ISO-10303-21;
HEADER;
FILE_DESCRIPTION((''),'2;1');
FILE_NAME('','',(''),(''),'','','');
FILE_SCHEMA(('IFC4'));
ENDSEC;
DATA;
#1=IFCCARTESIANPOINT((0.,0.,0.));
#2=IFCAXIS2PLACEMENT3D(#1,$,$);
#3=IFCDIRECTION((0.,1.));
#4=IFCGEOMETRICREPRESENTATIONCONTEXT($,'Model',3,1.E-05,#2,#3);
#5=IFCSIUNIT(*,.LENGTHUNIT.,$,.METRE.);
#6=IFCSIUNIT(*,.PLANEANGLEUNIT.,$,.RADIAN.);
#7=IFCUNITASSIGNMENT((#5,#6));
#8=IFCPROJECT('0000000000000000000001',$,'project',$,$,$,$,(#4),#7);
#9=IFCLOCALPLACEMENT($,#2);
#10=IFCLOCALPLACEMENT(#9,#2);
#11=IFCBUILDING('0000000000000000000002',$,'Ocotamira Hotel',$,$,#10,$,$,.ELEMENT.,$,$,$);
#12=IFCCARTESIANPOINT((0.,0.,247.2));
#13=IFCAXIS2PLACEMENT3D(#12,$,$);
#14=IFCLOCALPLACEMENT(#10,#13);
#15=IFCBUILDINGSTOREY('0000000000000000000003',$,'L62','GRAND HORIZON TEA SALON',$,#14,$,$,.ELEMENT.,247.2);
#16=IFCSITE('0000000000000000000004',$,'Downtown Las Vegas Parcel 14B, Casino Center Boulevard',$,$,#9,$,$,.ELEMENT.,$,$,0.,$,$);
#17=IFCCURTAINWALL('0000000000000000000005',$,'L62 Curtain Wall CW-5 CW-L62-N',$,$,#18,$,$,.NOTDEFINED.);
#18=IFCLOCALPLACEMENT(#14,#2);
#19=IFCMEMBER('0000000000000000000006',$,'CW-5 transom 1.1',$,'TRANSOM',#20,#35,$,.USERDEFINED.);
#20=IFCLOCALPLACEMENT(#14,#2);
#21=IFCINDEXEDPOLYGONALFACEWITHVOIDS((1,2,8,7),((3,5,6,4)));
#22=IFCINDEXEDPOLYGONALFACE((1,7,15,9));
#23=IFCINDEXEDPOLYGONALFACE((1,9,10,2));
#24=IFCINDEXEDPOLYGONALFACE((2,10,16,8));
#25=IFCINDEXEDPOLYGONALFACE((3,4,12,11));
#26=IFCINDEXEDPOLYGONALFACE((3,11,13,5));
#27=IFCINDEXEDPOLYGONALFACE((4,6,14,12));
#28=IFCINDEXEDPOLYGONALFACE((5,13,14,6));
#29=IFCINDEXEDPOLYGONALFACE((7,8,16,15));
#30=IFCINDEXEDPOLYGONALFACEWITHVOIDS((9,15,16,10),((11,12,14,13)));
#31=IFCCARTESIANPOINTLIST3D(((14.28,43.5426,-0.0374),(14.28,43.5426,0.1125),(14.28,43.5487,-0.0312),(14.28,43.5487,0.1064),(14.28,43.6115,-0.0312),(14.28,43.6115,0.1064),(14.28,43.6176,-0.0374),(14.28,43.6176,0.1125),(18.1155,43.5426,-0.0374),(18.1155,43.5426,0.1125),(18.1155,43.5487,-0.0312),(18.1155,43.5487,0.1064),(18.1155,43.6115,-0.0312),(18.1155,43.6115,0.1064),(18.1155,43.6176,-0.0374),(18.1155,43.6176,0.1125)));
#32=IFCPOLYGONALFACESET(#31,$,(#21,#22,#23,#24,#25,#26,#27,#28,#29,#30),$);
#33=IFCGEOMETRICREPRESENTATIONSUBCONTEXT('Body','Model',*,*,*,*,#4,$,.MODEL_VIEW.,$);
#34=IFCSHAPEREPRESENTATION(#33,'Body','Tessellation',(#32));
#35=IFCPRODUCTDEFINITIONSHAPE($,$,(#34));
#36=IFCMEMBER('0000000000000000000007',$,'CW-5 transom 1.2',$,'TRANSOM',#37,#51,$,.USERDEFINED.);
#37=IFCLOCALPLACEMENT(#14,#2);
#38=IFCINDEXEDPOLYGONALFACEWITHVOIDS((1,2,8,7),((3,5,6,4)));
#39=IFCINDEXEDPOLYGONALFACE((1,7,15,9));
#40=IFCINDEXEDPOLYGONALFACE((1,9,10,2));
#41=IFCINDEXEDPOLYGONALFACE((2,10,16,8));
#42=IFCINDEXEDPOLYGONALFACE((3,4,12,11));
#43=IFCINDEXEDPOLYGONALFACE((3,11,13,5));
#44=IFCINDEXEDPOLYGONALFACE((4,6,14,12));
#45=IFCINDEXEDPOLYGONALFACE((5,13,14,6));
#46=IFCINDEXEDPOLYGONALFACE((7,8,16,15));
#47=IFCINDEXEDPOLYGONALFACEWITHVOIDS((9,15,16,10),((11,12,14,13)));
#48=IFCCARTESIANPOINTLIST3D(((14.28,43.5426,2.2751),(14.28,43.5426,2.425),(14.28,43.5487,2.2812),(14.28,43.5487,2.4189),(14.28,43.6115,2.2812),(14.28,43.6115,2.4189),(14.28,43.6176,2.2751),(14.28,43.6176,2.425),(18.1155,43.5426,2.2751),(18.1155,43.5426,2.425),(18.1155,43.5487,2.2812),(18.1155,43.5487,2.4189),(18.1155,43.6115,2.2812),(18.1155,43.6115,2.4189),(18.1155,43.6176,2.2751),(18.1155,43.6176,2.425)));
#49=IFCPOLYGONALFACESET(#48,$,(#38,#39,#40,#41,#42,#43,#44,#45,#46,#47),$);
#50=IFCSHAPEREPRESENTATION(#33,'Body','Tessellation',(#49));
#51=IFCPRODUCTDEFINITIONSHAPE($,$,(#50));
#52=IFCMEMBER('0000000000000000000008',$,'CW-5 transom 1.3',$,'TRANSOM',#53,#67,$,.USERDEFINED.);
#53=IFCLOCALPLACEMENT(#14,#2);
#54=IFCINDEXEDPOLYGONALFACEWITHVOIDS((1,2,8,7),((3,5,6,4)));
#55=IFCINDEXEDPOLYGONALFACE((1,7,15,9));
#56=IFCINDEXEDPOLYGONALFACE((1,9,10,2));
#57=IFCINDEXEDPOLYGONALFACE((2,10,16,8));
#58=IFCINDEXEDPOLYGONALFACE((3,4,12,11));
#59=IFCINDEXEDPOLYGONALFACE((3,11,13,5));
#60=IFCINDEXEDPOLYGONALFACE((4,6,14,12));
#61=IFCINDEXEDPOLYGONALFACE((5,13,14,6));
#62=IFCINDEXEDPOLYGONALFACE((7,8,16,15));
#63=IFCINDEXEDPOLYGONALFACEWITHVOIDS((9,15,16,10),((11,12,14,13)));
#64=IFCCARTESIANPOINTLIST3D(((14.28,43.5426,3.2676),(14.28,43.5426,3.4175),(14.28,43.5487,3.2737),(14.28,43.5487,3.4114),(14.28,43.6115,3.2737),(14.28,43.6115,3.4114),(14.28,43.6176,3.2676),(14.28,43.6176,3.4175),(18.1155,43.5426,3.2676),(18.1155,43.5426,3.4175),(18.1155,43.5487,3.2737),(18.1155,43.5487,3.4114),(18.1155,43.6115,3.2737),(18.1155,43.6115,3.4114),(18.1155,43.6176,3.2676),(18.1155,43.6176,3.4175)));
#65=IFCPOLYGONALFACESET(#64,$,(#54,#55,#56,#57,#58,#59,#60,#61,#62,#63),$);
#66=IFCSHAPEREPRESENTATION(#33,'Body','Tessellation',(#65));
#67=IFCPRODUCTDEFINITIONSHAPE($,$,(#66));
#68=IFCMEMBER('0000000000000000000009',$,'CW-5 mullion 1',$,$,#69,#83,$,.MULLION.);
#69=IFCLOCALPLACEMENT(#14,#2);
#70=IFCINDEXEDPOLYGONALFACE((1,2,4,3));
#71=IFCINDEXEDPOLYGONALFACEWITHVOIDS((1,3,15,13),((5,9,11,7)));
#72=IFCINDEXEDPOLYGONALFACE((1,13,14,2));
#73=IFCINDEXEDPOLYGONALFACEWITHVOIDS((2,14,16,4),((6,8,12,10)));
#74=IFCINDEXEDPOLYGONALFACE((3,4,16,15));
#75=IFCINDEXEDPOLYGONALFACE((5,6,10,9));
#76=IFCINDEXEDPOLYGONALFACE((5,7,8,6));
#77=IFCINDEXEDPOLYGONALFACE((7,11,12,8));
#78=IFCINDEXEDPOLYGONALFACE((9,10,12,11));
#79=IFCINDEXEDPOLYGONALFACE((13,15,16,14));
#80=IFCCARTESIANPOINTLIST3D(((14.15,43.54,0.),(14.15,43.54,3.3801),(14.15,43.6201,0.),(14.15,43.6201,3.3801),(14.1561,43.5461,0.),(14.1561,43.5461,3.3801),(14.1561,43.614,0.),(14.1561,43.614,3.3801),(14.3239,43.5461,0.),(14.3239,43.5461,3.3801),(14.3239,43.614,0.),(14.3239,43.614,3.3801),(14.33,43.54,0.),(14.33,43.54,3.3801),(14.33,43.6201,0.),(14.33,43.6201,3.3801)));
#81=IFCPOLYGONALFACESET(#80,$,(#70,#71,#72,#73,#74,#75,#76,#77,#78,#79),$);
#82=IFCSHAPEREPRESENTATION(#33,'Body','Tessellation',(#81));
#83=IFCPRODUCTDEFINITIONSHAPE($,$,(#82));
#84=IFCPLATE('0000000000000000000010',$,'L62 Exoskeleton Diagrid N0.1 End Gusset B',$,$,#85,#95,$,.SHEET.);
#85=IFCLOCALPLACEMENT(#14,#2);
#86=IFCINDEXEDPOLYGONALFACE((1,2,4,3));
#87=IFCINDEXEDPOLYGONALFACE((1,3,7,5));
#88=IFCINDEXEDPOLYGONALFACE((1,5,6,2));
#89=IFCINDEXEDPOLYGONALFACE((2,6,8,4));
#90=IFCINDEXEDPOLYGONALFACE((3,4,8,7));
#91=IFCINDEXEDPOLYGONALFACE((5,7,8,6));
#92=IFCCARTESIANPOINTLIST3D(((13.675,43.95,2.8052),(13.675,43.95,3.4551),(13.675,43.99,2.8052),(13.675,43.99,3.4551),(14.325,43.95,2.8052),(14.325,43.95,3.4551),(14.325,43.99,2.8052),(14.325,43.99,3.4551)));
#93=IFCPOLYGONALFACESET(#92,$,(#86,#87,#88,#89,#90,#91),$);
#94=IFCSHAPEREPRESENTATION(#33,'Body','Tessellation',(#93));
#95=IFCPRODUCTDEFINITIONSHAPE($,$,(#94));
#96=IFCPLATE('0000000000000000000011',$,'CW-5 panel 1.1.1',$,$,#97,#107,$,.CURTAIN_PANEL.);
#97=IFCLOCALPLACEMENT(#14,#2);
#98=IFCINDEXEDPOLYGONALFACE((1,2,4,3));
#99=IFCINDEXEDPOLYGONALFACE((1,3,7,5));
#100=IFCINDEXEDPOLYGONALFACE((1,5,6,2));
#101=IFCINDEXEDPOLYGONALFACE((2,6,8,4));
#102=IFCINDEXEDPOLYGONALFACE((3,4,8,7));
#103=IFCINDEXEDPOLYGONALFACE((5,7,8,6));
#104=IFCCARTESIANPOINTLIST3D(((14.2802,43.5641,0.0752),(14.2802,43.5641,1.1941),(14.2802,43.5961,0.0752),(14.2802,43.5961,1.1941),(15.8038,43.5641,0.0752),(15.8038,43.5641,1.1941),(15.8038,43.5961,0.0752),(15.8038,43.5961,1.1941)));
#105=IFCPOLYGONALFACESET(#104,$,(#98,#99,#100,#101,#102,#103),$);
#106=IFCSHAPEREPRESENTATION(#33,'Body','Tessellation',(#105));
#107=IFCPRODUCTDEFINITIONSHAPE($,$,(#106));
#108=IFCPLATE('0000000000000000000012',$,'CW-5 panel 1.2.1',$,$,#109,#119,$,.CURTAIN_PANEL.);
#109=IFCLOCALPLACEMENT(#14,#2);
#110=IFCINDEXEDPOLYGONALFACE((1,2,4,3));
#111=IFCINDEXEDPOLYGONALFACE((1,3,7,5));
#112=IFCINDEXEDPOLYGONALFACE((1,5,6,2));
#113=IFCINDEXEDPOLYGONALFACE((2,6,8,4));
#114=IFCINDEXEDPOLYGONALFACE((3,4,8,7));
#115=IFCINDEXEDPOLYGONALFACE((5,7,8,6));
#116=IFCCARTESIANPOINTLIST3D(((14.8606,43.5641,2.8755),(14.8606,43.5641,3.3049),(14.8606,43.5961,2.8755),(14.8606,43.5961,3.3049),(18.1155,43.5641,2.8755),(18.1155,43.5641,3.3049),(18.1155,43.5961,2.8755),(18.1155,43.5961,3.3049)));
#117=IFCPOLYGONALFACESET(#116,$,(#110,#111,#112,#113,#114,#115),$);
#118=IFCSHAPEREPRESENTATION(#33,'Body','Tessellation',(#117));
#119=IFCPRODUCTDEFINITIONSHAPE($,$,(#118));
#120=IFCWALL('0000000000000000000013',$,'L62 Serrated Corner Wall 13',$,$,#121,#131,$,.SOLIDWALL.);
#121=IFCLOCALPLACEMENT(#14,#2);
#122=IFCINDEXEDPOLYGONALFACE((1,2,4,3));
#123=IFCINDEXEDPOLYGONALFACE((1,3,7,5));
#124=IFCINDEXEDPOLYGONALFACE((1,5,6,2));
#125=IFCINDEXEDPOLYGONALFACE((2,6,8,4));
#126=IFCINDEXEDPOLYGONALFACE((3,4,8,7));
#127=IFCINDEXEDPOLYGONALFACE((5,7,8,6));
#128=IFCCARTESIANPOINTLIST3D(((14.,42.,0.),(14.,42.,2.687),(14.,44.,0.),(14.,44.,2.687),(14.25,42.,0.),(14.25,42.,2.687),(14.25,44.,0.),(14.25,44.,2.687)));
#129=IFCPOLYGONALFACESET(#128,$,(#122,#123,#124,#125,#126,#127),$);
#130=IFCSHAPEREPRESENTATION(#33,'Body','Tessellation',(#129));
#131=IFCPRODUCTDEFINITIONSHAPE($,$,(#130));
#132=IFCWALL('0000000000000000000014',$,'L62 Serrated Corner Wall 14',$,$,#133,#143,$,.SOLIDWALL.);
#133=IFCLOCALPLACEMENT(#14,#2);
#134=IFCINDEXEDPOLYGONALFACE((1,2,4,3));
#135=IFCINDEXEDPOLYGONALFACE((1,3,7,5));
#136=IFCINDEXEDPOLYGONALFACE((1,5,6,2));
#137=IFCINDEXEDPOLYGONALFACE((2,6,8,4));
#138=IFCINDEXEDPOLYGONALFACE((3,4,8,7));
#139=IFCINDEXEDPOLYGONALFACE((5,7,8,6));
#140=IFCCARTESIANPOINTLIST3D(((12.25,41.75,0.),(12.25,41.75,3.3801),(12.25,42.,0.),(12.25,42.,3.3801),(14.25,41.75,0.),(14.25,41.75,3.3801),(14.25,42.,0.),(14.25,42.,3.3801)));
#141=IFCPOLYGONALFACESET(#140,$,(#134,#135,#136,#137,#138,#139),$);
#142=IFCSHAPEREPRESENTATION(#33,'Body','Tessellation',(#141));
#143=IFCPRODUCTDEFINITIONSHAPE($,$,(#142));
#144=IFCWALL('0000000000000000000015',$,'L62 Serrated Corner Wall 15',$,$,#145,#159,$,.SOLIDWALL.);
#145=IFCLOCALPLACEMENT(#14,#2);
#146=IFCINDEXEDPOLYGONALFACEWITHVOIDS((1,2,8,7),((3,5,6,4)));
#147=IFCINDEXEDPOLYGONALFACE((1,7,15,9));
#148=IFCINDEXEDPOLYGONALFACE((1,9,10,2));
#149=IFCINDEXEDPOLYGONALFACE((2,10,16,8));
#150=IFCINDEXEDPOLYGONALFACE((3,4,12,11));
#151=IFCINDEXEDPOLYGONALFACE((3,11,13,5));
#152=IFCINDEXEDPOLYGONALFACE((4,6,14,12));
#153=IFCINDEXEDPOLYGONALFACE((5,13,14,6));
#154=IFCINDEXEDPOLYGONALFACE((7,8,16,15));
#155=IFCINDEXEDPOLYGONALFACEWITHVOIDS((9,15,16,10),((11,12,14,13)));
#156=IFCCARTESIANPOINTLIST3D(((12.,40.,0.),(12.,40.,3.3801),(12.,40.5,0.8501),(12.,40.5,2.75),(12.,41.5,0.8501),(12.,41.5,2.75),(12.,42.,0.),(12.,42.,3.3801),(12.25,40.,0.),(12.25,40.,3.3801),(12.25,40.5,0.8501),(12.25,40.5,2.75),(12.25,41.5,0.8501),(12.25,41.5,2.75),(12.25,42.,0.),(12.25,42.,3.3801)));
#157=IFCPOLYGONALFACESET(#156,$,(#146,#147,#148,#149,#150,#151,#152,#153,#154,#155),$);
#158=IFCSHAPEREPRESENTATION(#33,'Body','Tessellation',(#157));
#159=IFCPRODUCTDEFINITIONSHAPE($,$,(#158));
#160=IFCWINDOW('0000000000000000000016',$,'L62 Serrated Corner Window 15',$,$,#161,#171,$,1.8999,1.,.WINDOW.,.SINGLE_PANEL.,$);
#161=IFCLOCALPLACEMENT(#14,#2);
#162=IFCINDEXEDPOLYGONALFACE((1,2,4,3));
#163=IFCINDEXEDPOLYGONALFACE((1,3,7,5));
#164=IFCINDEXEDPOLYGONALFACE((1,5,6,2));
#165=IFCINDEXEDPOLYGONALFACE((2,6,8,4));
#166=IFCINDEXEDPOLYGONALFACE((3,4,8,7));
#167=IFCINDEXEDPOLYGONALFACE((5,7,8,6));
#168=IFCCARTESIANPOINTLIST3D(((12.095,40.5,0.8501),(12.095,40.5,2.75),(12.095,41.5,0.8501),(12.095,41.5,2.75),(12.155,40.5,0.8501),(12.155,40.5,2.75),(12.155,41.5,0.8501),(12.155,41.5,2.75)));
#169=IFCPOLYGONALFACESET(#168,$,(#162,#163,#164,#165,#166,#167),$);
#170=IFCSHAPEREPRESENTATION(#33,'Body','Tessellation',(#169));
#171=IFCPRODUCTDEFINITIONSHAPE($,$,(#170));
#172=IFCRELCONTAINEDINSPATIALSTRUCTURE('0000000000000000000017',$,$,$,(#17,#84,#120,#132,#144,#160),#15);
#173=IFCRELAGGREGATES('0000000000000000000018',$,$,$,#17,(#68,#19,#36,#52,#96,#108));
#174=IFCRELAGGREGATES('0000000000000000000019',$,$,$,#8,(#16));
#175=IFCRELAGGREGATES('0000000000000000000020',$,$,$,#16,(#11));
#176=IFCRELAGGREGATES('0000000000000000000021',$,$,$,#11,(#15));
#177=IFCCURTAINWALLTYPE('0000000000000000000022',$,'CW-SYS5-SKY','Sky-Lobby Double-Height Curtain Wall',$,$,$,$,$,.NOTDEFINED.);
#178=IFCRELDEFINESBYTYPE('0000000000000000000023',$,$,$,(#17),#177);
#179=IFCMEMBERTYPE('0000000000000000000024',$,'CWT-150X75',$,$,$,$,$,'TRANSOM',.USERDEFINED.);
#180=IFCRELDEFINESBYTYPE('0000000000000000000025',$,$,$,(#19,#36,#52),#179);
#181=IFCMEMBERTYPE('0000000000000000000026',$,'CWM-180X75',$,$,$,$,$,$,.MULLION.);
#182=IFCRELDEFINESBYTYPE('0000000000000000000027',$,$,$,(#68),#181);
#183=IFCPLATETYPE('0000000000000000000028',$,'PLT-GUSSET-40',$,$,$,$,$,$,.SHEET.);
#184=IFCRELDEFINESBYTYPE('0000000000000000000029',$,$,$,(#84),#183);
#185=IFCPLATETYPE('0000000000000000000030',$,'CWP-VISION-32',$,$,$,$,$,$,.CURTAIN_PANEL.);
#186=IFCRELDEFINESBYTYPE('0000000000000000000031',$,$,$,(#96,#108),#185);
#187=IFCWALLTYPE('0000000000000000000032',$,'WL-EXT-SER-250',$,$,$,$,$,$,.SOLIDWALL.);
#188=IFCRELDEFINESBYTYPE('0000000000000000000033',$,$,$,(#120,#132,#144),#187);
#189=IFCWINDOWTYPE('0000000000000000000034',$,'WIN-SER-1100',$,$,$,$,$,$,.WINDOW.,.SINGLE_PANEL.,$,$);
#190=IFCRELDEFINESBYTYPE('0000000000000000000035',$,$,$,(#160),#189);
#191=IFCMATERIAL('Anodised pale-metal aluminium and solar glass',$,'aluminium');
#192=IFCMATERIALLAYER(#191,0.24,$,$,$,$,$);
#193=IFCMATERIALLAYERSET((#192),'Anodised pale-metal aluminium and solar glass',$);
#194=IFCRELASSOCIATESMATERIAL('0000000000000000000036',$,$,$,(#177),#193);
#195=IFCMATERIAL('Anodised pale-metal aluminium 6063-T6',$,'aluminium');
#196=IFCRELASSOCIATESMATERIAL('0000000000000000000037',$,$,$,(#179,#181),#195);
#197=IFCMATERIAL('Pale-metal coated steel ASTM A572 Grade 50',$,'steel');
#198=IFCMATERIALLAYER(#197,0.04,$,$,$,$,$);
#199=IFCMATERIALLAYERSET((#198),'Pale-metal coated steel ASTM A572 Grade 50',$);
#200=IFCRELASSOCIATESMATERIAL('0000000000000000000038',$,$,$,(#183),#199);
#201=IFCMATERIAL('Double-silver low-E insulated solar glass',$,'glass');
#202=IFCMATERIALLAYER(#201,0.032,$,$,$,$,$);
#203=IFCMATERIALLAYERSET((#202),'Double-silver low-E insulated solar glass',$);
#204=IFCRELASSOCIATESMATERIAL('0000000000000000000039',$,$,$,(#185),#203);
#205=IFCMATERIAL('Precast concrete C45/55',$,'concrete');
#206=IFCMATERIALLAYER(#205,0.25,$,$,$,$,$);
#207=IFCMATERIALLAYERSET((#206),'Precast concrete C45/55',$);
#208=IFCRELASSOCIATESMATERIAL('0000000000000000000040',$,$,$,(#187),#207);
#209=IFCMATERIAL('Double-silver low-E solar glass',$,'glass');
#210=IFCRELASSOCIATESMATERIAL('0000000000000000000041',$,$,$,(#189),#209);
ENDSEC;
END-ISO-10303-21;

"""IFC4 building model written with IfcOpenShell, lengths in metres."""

from ifc_helpers import new_model, si_unit, direction, frame, frame_2d, origin, origin_2d, place, context, subcontext, project, spatial, rectangle, hollow_rectangle, extrude, source, transform, mapped, material, layer, layer_set, material_profile, profile_set, type_object, element, fill, aggregate, save


model = new_model("IFC4")

# Units and contexts
model_context = context("Model", 3, precision=1e-05, world=origin(), true_north=direction((0.0, 1.0)))
body_context = subcontext(model_context, "Body", "Model", "MODEL_VIEW")
ifc_project = project(units=[si_unit("LENGTHUNIT", "METRE"), si_unit("PLANEANGLEUNIT", "RADIAN")], contexts=[model_context])

# Site, building, storey
site_placement = place(None, origin())
site = spatial("IfcSite", under=ifc_project, at=site_placement, Name="Downtown Las Vegas Parcel 14B, Casino Center Boulevard", CompositionType="ELEMENT", RefElevation=0.0)
building_placement = place(site_placement, origin())
building = spatial("IfcBuilding", under=site, at=building_placement, Name="Ocotamira Hotel", CompositionType="ELEMENT")
storey_placement = place(building_placement, frame((0.0, 0.0, 247.2)))
storey = spatial("IfcBuildingStorey", under=building, at=storey_placement, Name="L62", Description="GRAND HORIZON TEA SALON", CompositionType="ELEMENT", Elevation=247.2)

# Curtain wall, members
ifc_material_1 = material(Name="Anodised pale-metal aluminium and solar glass", Category="aluminium")
ifc_layer_1 = layer(ifc_material_1, 0.24)
ifc_layer_set_1 = layer_set([ifc_layer_1], Name="Anodised pale-metal aluminium and solar glass")
curtain_wall_type = type_object("IfcCurtainWallType", Name="CW-SYS5-SKY", Description="Sky-Lobby Double-Height Curtain Wall", PredefinedType="NOTDEFINED", material=ifc_layer_set_1)
curtain_wall_placement = place(storey_placement, origin())
curtain_wall = element("IfcCurtainWall", 1, at=curtain_wall_placement, inside=storey, type_object=curtain_wall_type, Name="L62 Curtain Wall CW-5 CW-L62-N", PredefinedType="NOTDEFINED")
ifc_material_2 = material(Name="Anodised pale-metal aluminium 6063-T6", Category="aluminium")
ifc_material_profile_1 = material_profile(ifc_material_2, hollow_rectangle(XDim=0.075, YDim=0.1499, WallThickness=0.0061, at=origin_2d()), Name="HSS150X75X6")
ifc_profile_set_1 = profile_set([ifc_material_profile_1], Name="Anodised pale-metal aluminium 6063-T6")
member_type_1 = type_object("IfcMemberType", Name="CWT-150X75", ElementType="TRANSOM", PredefinedType="USERDEFINED", material=ifc_profile_set_1)
shared_shape_1 = source(origin(), body_context, "Body", "SweptSolid", [
    extrude(hollow_rectangle(XDim=0.075, YDim=0.1499, WallThickness=0.0061, at=origin_2d()), origin(), (0.0, 0.0, 1.0), 3.8354),
])
member_1_placement = place(storey_placement, frame((14.28, 43.5801, 0.0376), z_axis=(1.0, 0.0, 0.0), x_axis=(0.0, 1.0, 0.0)))
member_1 = element("IfcMember", 2, at=member_1_placement, type_object=member_type_1, Name="CW-5 transom 1.1", ObjectType="TRANSOM", PredefinedType="USERDEFINED", context=body_context, shape_type="MappedRepresentation", body=[
    mapped(shared_shape_1, transform((0.0, 0.0, 0.0), scale=1.0)),
])
member_2_placement = place(storey_placement, frame((14.28, 43.5801, 2.3501), z_axis=(1.0, 0.0, 0.0), x_axis=(0.0, 1.0, 0.0)))
member_2 = element("IfcMember", 3, at=member_2_placement, type_object=member_type_1, Name="CW-5 transom 1.2", ObjectType="TRANSOM", PredefinedType="USERDEFINED", context=body_context, shape_type="MappedRepresentation", body=[
    mapped(shared_shape_1, transform((0.0, 0.0, 0.0), scale=1.0)),
])
member_3_placement = place(storey_placement, frame((14.28, 43.5801, 3.3425), z_axis=(1.0, 0.0, 0.0), x_axis=(0.0, 1.0, 0.0)))
member_3 = element("IfcMember", 4, at=member_3_placement, type_object=member_type_1, Name="CW-5 transom 1.3", ObjectType="TRANSOM", PredefinedType="USERDEFINED", context=body_context, shape_type="MappedRepresentation", body=[
    mapped(shared_shape_1, transform((0.0, 0.0, 0.0), scale=1.0)),
])
ifc_material_profile_2 = material_profile(ifc_material_2, hollow_rectangle(XDim=0.0801, YDim=0.1799, WallThickness=0.0061, at=origin_2d()), Name="HSS180X80X6")
ifc_profile_set_2 = profile_set([ifc_material_profile_2], Name="Anodised pale-metal aluminium 6063-T6")
member_type_2 = type_object("IfcMemberType", Name="CWM-180X75", PredefinedType="MULLION", material=ifc_profile_set_2)
shared_shape_2 = source(origin(), body_context, "Body", "SweptSolid", [
    extrude(hollow_rectangle(XDim=0.0801, YDim=0.1799, WallThickness=0.0061, at=origin_2d()), origin(), (0.0, 0.0, 1.0), 3.3801),
])
member_4_placement = place(storey_placement, frame((14.24, 43.5801, 0.0), z_axis=(0.0, 0.0, 1.0), x_axis=(0.0, 1.0, 0.0)))
member_4 = element("IfcMember", 5, at=member_4_placement, type_object=member_type_2, Name="CW-5 mullion 1", PredefinedType="MULLION", context=body_context, shape_type="MappedRepresentation", body=[
    mapped(shared_shape_2, transform((0.0, 0.0, 0.0), scale=1.0)),
])

# Plates
ifc_material_3 = material(Name="Pale-metal coated steel ASTM A572 Grade 50", Category="steel")
ifc_layer_2 = layer(ifc_material_3, 0.04)
ifc_layer_set_2 = layer_set([ifc_layer_2], Name="Pale-metal coated steel ASTM A572 Grade 50")
plate_type_1 = type_object("IfcPlateType", Name="PLT-GUSSET-40", PredefinedType="SHEET", material=ifc_layer_set_2)
shared_shape_3 = source(origin(), body_context, "Body", "SweptSolid", [
    extrude(rectangle(XDim=0.6499, YDim=0.04, at=origin_2d()), origin(), (0.0, 0.0, 1.0), 0.6499),
])
plate_1_placement = place(storey_placement, frame((14.0, 43.97, 2.8052), z_axis=(0.0, 0.0, 1.0), x_axis=(-1.0, 0.0, 0.0)))
element("IfcPlate", 6, at=plate_1_placement, inside=storey, type_object=plate_type_1, Name="L62 Exoskeleton Diagrid N0.1 End Gusset B", PredefinedType="SHEET", context=body_context, shape_type="MappedRepresentation", body=[
    mapped(shared_shape_3, transform((0.0, 0.0, 0.0), scale=1.0)),
])
ifc_material_4 = material(Name="Double-silver low-E insulated solar glass", Category="glass")
ifc_layer_3 = layer(ifc_material_4, 0.032)
ifc_layer_set_3 = layer_set([ifc_layer_3], Name="Double-silver low-E insulated solar glass")
plate_type_2 = type_object("IfcPlateType", Name="CWP-VISION-32", PredefinedType="CURTAIN_PANEL", material=ifc_layer_set_3)
shared_shape_4 = source(origin(), body_context, "Body", "SweptSolid", [
    extrude(rectangle(XDim=1.5237, YDim=0.032, at=origin_2d()), origin(), (0.0, 0.0, 1.0), 1.1189),
])
plate_2_placement = place(storey_placement, frame((15.042, 43.5801, 0.0752), z_axis=(0.0, 0.0, 1.0), x_axis=(1.0, 0.0, 0.0)))
plate_2 = element("IfcPlate", 7, at=plate_2_placement, type_object=plate_type_2, Name="CW-5 panel 1.1.1", PredefinedType="CURTAIN_PANEL", context=body_context, shape_type="MappedRepresentation", body=[
    mapped(shared_shape_4, transform((0.0, 0.0, 0.0), scale=1.0)),
])
shared_shape_5 = source(origin(), body_context, "Body", "SweptSolid", [
    extrude(rectangle(XDim=3.2549, YDim=0.032, at=origin_2d()), origin(), (0.0, 0.0, 1.0), 0.4294),
])
plate_3_placement = place(storey_placement, frame((16.488, 43.5801, 2.8755), z_axis=(0.0, 0.0, 1.0), x_axis=(1.0, 0.0, 0.0)))
plate_3 = element("IfcPlate", 8, at=plate_3_placement, type_object=plate_type_2, Name="CW-5 panel 1.2.1", PredefinedType="CURTAIN_PANEL", context=body_context, shape_type="MappedRepresentation", body=[
    mapped(shared_shape_5, transform((0.0, 0.0, 0.0), scale=1.0)),
])
aggregate(curtain_wall, [member_4, member_1, member_2, member_3, plate_2, plate_3])

# Walls
ifc_material_5 = material(Name="Precast concrete C45/55", Category="concrete")
ifc_layer_4 = layer(ifc_material_5, 0.25)
ifc_layer_set_4 = layer_set([ifc_layer_4], Name="Precast concrete C45/55")
wall_type_1 = type_object("IfcWallType", Name="WL-EXT-SER-250", PredefinedType="SOLIDWALL", material=ifc_layer_set_4)
wall_1_placement = place(storey_placement, frame((14.125, 44.0, 0.0), z_axis=(0.0, 0.0, 1.0), x_axis=(0.0, -1.0, 0.0)))
element("IfcWall", 9, at=wall_1_placement, inside=storey, type_object=wall_type_1, Name="L62 Serrated Corner Wall 13", PredefinedType="SOLIDWALL", context=body_context, shape_type="SweptSolid", body=[
    extrude(rectangle(XDim=2.0, YDim=0.25, at=frame_2d((1.0, 0.0))), origin(), (0.0, 0.0, 1.0), 2.687),
])
wall_2_placement = place(storey_placement, frame((14.25, 41.875, 0.0), z_axis=(0.0, 0.0, 1.0), x_axis=(-1.0, 0.0, 0.0)))
element("IfcWall", 10, at=wall_2_placement, inside=storey, type_object=wall_type_1, Name="L62 Serrated Corner Wall 14", PredefinedType="SOLIDWALL", context=body_context, shape_type="SweptSolid", body=[
    extrude(rectangle(XDim=2.0, YDim=0.25, at=frame_2d((1.0, 0.0))), origin(), (0.0, 0.0, 1.0), 3.3801),
])

# Wall, opening, window
wall_3_placement = place(storey_placement, frame((12.125, 42.0, 0.0), z_axis=(0.0, 0.0, 1.0), x_axis=(0.0, -1.0, 0.0)))
wall_3 = element("IfcWall", 11, at=wall_3_placement, inside=storey, type_object=wall_type_1, Name="L62 Serrated Corner Wall 15", PredefinedType="SOLIDWALL", context=body_context, shape_type="SweptSolid", body=[
    extrude(rectangle(XDim=2.0, YDim=0.25, at=frame_2d((1.0, 0.0))), origin(), (0.0, 0.0, 1.0), 3.3801),
])
opening_placement = place(wall_3_placement, frame((0.5, 0.0, 0.8501)))
opening = element("IfcOpeningElement", 12, at=opening_placement, cuts=wall_3, PredefinedType="OPENING", context=body_context, shape_type="SweptSolid", body=[
    extrude(rectangle(XDim=1.0, YDim=1.8999, at=frame_2d((0.5, 0.95))), frame((0.0, 0.135, 0.0), z_axis=(0.0, -1.0, 0.0), x_axis=(1.0, 0.0, 0.0)), (0.0, 0.0, 1.0), 0.27),
])
ifc_material_6 = material(Name="Double-silver low-E solar glass", Category="glass")
window_type = type_object("IfcWindowType", Name="WIN-SER-1100", PartitioningType="SINGLE_PANEL", PredefinedType="WINDOW", material=ifc_material_6)
shared_shape_6 = source(origin(), body_context, "Body", "SweptSolid", [
    extrude(rectangle(XDim=1.0, YDim=1.8999, at=frame_2d((0.5, 0.95))), frame((0.0, 0.03, 0.0), z_axis=(0.0, -1.0, 0.0), x_axis=(1.0, 0.0, 0.0)), (0.0, 0.0, 1.0), 0.0601),
])
window_placement = place(opening_placement, origin())
window = element("IfcWindow", 13, at=window_placement, inside=storey, type_object=window_type, Name="L62 Serrated Corner Window 15", OverallHeight=1.8999, OverallWidth=1.0, PartitioningType="SINGLE_PANEL", PredefinedType="WINDOW", context=body_context, shape_type="MappedRepresentation", body=[
    mapped(shared_shape_6, transform((0.0, 0.0, 0.0), scale=1.0)),
])
fill(opening, window)

save(model, "model.ifc")
